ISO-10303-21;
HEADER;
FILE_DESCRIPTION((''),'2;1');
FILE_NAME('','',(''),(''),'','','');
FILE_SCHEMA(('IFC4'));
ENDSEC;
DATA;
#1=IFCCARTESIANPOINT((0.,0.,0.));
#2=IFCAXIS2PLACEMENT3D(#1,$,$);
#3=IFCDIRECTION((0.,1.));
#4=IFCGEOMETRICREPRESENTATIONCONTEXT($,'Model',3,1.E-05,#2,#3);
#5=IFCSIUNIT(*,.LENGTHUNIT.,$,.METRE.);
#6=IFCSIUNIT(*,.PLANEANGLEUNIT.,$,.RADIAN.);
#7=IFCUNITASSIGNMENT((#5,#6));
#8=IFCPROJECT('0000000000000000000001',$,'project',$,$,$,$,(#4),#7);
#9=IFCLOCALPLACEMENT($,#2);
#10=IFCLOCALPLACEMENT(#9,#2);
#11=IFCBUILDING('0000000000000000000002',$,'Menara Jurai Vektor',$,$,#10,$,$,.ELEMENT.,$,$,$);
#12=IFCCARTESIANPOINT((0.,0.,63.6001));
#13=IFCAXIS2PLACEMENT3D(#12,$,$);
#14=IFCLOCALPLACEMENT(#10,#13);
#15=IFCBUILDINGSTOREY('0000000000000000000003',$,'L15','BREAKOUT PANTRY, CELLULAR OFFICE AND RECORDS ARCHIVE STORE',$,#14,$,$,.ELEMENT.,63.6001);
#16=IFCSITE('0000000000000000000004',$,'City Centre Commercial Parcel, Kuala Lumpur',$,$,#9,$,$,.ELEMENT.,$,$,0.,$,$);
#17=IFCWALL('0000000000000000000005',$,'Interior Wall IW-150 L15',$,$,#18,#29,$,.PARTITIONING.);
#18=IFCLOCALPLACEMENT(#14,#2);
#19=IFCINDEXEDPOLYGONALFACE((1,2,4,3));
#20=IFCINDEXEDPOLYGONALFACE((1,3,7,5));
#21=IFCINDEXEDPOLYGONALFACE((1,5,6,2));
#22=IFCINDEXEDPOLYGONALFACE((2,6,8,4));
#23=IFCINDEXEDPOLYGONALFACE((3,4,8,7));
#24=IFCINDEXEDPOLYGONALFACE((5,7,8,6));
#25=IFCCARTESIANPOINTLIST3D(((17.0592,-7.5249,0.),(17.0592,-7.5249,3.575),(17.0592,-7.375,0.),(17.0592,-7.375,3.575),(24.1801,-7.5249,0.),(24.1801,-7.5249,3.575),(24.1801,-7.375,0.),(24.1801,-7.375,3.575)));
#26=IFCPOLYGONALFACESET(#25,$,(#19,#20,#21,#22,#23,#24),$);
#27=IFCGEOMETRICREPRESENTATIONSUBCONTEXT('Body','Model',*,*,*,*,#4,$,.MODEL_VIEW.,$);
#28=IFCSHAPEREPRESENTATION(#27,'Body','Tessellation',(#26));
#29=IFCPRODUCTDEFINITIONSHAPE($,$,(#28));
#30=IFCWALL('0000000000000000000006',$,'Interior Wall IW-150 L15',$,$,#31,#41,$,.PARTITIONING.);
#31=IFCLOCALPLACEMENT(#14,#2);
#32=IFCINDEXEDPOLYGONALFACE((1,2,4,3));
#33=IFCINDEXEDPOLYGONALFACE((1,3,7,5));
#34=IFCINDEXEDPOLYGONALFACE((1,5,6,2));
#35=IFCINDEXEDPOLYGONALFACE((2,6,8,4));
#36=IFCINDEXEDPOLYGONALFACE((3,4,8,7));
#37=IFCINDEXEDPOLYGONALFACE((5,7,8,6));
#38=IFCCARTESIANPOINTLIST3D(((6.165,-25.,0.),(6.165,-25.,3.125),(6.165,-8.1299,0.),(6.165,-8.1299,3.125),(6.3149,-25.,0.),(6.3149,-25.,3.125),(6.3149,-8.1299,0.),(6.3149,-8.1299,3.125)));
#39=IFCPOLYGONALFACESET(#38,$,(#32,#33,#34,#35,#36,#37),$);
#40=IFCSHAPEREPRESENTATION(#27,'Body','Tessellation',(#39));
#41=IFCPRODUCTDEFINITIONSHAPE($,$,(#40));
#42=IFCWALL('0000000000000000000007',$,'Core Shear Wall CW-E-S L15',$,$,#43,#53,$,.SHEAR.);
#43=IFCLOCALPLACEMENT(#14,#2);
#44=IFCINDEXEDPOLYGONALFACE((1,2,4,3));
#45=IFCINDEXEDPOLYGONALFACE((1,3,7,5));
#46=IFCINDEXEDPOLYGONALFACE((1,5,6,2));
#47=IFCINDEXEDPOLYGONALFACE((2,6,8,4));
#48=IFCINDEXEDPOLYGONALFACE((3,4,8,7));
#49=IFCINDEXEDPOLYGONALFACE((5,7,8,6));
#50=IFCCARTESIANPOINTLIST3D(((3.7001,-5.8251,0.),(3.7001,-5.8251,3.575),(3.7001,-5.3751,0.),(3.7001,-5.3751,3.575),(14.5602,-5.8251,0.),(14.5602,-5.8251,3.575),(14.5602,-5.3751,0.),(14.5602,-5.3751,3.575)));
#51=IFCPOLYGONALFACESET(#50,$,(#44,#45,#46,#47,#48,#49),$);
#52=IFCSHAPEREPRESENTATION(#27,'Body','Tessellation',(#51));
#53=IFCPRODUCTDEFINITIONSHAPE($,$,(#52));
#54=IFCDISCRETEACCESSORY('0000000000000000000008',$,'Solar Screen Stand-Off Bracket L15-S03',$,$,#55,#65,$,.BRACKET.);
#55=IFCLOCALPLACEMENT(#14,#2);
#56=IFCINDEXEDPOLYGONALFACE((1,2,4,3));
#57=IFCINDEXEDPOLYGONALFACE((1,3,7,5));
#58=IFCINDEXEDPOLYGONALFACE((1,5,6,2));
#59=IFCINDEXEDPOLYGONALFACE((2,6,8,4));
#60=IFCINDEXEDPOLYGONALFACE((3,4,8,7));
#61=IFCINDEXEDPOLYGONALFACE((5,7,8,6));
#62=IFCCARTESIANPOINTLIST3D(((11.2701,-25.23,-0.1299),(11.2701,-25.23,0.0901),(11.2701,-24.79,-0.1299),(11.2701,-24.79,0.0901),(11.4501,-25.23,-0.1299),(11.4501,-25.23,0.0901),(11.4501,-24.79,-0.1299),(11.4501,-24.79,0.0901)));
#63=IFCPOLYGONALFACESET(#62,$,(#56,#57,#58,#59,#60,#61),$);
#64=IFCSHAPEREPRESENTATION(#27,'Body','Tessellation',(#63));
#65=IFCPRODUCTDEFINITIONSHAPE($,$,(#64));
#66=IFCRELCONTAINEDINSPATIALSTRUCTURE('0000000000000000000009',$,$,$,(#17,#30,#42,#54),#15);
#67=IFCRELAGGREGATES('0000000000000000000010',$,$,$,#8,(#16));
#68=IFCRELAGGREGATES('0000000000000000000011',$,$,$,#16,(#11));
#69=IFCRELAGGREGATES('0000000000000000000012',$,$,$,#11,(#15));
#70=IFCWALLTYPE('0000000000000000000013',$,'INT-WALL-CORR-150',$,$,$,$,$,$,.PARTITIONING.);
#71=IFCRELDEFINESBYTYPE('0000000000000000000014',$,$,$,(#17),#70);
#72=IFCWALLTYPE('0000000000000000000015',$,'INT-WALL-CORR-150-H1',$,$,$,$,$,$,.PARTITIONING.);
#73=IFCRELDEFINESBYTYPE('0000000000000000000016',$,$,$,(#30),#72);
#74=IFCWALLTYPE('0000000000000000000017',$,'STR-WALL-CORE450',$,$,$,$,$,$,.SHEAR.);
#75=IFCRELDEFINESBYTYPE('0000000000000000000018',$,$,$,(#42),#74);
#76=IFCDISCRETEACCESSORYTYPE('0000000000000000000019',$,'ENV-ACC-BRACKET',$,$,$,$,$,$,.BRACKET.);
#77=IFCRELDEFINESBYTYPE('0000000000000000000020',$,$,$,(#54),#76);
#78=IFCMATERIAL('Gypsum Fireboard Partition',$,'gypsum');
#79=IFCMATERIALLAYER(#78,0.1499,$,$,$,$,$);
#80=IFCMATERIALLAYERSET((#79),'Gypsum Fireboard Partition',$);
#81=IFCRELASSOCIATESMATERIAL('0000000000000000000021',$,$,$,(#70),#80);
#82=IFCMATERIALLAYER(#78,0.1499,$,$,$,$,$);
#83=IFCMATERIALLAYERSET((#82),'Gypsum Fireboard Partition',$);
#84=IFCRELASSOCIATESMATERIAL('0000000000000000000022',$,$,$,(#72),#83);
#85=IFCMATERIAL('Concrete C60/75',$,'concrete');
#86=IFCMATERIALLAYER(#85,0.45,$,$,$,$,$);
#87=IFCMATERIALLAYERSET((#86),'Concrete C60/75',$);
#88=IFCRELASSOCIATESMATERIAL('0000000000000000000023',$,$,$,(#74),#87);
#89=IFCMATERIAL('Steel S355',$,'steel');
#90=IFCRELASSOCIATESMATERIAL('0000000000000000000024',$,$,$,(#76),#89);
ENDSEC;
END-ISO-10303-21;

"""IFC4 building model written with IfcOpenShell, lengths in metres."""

from ifc_helpers import new_model, si_unit, direction, frame, frame_2d, origin, origin_2d, place, context, subcontext, project, spatial, rectangle, extrude, material, layer, layer_set, type_object, element, save


model = new_model("IFC4")

# Units and contexts
model_context = context("Model", 3, precision=1e-05, world=origin(), true_north=direction((0.0, 1.0)))
body_context = subcontext(model_context, "Body", "Model", "MODEL_VIEW")
ifc_project = project(units=[si_unit("LENGTHUNIT", "METRE"), si_unit("PLANEANGLEUNIT", "RADIAN")], contexts=[model_context])

# Site, building, storey
site_placement = place(None, origin())
site = spatial("IfcSite", under=ifc_project, at=site_placement, Name="City Centre Commercial Parcel, Kuala Lumpur", CompositionType="ELEMENT", RefElevation=0.0)
building_placement = place(site_placement, origin())
building = spatial("IfcBuilding", under=site, at=building_placement, Name="Menara Jurai Vektor", CompositionType="ELEMENT")
storey_placement = place(building_placement, frame((0.0, 0.0, 63.6001)))
storey = spatial("IfcBuildingStorey", under=building, at=storey_placement, Name="L15", Description="BREAKOUT PANTRY, CELLULAR OFFICE AND RECORDS ARCHIVE STORE", CompositionType="ELEMENT", Elevation=63.6001)

# Shared definitions
ifc_material_1 = material(Name="Concrete C60/75", Category="concrete")

# Shared definitions
ifc_material_2 = material(Name="Steel S355", Category="steel")

# Shared definitions
ifc_material_3 = material(Name="Gypsum Fireboard Partition", Category="gypsum")
ifc_layer_1 = layer(ifc_material_3, 0.1499)
ifc_layer_set_1 = layer_set([ifc_layer_1], Name="Gypsum Fireboard Partition")
wall_type_1 = type_object("IfcWallType", Name="INT-WALL-CORR-150", PredefinedType="PARTITIONING", material=ifc_layer_set_1)

# Walls
wall_1_placement = place(storey_placement, frame((17.0591, -7.45, 0.0), z_axis=(0.0, 0.0, 1.0), x_axis=(1.0, 0.0, 0.0)))
element("IfcWall", 1, at=wall_1_placement, inside=storey, type_object=wall_type_1, Name="Interior Wall IW-150 L15", PredefinedType="PARTITIONING", context=body_context, shape_type="SweptSolid", body=[
    extrude(rectangle(XDim=7.1208, YDim=0.1499, at=frame_2d((3.5605, 0.0))), origin(), (0.0, 0.0, 1.0), 3.575),
])
ifc_layer_2 = layer(ifc_material_3, 0.1499)
ifc_layer_set_2 = layer_set([ifc_layer_2], Name="Gypsum Fireboard Partition")
wall_type_2 = type_object("IfcWallType", Name="INT-WALL-CORR-150-H1", PredefinedType="PARTITIONING", material=ifc_layer_set_2)
wall_2_placement = place(storey_placement, frame((6.24, -25.0, 0.0), z_axis=(0.0, 0.0, 1.0), x_axis=(0.0, 1.0, 0.0)))
element("IfcWall", 2, at=wall_2_placement, inside=storey, type_object=wall_type_2, Name="Interior Wall IW-150 L15", PredefinedType="PARTITIONING", context=body_context, shape_type="SweptSolid", body=[
    extrude(rectangle(XDim=16.8701, YDim=0.1499, at=frame_2d((8.4351, 0.0))), origin(), (0.0, 0.0, 1.0), 3.125),
])
ifc_layer_3 = layer(ifc_material_1, 0.45)
ifc_layer_set_3 = layer_set([ifc_layer_3], Name="Concrete C60/75")
wall_type_3 = type_object("IfcWallType", Name="STR-WALL-CORE450", PredefinedType="SHEAR", material=ifc_layer_set_3)
wall_3_placement = place(storey_placement, frame((3.7, -5.6001, 0.0), z_axis=(0.0, 0.0, 1.0), x_axis=(1.0, 0.0, 0.0)))
element("IfcWall", 3, at=wall_3_placement, inside=storey, type_object=wall_type_3, Name="Core Shear Wall CW-E-S L15", PredefinedType="SHEAR", context=body_context, shape_type="SweptSolid", body=[
    extrude(rectangle(XDim=10.8601, YDim=0.45, at=frame_2d((5.4302, 0.0))), origin(), (0.0, 0.0, 1.0), 3.575),
])

# Discrete accessory
discrete_accessory_type = type_object("IfcDiscreteAccessoryType", Name="ENV-ACC-BRACKET", PredefinedType="BRACKET", material=ifc_material_2)
discrete_accessory_placement = place(storey_placement, frame((11.3601, -25.01, -0.1299), z_axis=(0.0, 0.0, 1.0), x_axis=(1.0, 0.0, 0.0)))
element("IfcDiscreteAccessory", 4, at=discrete_accessory_placement, inside=storey, type_object=discrete_accessory_type, Name="Solar Screen Stand-Off Bracket L15-S03", PredefinedType="BRACKET", context=body_context, shape_type="SweptSolid", body=[
    extrude(rectangle(XDim=0.1799, YDim=0.4399, at=origin_2d()), origin(), (0.0, 0.0, 1.0), 0.22),
])

save(model, "model.ifc")
